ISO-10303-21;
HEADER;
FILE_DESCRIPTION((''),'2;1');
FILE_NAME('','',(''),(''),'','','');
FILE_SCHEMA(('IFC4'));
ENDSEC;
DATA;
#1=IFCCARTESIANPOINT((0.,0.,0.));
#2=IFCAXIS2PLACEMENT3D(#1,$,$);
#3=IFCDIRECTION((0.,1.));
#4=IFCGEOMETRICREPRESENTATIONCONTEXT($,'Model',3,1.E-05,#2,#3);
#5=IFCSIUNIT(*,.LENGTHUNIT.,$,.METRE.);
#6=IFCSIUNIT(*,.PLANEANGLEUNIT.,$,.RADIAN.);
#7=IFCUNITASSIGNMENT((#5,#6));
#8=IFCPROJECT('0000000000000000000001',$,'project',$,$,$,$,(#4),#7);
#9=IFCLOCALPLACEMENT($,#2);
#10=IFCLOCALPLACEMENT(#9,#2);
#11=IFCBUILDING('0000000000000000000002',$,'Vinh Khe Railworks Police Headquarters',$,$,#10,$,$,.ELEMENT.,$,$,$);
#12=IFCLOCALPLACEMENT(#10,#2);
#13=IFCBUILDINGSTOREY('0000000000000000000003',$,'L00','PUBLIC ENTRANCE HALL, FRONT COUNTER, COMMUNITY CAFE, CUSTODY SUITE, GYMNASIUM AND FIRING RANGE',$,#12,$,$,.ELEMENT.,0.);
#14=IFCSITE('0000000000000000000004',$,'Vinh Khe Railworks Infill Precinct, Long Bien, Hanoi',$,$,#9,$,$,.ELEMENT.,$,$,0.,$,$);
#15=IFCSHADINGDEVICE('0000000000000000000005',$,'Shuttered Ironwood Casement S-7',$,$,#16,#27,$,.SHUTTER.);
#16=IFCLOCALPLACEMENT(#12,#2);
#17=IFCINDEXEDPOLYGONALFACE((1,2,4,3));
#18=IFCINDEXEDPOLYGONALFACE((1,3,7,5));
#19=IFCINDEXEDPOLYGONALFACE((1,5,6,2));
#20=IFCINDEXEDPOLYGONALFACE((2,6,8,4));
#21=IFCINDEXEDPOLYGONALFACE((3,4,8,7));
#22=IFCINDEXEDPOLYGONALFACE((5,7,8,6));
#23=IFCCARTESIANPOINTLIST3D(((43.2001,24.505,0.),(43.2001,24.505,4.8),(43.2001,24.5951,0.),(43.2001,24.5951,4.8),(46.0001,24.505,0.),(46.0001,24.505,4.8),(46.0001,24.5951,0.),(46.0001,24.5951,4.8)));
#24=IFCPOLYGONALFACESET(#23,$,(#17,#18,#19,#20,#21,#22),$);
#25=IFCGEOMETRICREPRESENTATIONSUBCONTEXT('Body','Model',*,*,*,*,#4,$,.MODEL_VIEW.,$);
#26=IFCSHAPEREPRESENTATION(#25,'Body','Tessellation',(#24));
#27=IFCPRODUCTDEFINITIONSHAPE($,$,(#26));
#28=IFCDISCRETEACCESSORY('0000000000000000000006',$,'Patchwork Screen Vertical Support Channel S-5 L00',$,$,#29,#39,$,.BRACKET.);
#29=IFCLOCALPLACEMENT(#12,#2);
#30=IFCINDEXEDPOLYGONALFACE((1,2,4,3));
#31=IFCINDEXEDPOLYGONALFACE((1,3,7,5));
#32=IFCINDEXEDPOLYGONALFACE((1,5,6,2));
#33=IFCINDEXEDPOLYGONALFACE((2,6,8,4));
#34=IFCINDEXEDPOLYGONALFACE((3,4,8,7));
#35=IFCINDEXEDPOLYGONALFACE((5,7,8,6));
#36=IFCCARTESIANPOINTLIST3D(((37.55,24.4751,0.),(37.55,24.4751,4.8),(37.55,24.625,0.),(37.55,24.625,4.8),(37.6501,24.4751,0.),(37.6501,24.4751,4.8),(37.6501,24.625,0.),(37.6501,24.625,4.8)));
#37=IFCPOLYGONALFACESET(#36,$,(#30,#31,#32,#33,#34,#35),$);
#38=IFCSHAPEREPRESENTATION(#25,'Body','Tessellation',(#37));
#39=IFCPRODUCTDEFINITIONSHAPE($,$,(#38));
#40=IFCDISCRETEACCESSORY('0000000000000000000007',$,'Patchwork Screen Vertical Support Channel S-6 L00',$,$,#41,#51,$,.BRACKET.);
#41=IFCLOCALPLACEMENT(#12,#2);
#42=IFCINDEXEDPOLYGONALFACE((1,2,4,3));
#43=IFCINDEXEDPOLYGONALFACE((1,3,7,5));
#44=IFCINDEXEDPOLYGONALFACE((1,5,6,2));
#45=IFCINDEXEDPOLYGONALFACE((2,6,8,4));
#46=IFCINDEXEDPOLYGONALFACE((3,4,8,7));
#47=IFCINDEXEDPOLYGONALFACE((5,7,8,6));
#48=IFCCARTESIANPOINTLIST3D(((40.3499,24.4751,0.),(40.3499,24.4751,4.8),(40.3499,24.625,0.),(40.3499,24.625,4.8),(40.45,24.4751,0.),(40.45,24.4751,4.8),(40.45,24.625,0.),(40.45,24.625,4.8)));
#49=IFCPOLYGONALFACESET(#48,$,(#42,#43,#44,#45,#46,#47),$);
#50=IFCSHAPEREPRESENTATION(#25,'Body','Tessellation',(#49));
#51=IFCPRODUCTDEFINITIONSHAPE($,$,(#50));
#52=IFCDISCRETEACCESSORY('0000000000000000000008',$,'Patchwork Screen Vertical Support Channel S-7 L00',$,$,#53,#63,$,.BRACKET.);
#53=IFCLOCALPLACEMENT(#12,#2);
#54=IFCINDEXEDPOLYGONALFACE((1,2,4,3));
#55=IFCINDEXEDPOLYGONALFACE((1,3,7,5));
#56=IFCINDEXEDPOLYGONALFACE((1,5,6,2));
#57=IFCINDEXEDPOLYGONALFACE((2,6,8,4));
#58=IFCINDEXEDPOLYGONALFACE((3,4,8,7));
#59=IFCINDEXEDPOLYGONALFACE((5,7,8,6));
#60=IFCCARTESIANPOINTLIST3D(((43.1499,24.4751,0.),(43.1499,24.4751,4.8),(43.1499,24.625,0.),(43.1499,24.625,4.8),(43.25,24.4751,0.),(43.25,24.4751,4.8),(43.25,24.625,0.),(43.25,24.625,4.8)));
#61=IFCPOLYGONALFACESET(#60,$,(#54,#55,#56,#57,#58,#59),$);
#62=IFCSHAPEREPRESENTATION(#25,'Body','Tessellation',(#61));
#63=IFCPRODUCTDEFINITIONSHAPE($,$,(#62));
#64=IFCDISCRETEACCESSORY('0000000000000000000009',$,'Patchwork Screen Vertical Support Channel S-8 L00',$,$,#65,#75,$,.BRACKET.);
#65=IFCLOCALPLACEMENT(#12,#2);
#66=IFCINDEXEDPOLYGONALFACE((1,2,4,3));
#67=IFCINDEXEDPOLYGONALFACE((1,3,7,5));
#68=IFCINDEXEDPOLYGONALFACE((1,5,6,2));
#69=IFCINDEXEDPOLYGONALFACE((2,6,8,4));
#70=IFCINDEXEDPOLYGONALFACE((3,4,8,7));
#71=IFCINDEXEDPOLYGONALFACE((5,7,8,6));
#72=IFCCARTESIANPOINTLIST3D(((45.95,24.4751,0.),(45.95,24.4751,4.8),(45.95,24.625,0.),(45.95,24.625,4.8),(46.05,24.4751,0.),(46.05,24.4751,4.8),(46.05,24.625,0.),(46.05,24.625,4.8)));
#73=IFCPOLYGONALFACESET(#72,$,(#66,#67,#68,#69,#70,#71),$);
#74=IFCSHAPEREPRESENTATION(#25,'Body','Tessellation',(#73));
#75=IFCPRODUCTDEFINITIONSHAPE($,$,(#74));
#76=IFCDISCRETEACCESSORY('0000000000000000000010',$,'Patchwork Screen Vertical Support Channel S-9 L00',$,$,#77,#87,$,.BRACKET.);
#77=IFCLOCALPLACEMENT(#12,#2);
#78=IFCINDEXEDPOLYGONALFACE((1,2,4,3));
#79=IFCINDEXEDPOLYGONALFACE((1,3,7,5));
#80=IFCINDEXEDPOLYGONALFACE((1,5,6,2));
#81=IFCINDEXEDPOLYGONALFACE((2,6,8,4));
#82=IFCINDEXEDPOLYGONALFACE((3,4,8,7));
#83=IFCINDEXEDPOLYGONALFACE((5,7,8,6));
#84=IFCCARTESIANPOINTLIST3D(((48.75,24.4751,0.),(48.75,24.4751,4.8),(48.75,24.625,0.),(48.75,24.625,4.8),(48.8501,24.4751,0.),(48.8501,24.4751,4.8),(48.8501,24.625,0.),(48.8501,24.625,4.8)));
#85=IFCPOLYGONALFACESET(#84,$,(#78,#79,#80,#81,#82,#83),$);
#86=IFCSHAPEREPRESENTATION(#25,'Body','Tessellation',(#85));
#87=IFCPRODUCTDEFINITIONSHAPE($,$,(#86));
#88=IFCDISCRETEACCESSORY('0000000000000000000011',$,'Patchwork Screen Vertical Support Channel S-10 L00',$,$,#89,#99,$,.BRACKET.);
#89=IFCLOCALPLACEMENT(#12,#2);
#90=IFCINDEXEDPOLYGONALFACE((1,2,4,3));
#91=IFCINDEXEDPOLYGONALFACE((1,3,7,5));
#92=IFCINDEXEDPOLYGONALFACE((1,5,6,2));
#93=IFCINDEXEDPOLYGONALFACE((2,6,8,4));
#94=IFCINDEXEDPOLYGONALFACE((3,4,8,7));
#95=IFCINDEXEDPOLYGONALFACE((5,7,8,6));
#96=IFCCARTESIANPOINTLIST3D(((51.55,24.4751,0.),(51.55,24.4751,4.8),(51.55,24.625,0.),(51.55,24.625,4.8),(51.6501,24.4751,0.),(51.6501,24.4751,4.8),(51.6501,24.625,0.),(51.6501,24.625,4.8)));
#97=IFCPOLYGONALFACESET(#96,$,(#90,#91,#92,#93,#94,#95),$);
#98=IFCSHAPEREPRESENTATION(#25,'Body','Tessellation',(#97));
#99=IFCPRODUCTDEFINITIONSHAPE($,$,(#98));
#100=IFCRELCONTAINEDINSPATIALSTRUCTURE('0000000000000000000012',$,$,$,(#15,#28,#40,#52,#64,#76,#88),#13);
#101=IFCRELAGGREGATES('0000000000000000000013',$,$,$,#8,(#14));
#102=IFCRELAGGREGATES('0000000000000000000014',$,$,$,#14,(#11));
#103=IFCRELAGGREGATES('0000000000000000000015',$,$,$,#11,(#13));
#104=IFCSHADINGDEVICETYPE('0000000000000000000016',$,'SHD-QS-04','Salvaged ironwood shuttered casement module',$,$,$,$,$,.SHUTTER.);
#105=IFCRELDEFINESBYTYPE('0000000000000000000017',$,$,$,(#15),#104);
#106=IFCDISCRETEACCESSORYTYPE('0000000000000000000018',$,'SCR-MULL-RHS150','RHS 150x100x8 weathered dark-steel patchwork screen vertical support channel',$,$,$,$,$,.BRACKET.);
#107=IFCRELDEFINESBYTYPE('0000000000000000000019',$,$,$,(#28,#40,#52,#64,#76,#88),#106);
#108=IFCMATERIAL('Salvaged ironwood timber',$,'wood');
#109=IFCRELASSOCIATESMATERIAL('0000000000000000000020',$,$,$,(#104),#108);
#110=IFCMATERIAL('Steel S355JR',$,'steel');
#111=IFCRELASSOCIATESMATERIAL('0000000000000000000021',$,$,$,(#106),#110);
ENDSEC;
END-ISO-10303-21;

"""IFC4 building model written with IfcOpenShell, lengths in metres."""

from ifc_helpers import new_model, si_unit, direction, frame, origin, origin_2d, place, context, subcontext, project, spatial, rectangle, extrude, material, type_object, element, save


model = new_model("IFC4")

# Units and contexts
model_context = context("Model", 3, precision=1e-05, world=origin(), true_north=direction((0.0, 1.0)))
body_context = subcontext(model_context, "Body", "Model", "MODEL_VIEW")
ifc_project = project(units=[si_unit("LENGTHUNIT", "METRE"), si_unit("PLANEANGLEUNIT", "RADIAN")], contexts=[model_context])

# Site, building, storey
site_placement = place(None, origin())
site = spatial("IfcSite", under=ifc_project, at=site_placement, Name="Vinh Khe Railworks Infill Precinct, Long Bien, Hanoi", CompositionType="ELEMENT", RefElevation=0.0)
building_placement = place(site_placement, origin())
building = spatial("IfcBuilding", under=site, at=building_placement, Name="Vinh Khe Railworks Police Headquarters", CompositionType="ELEMENT")
storey_placement = place(building_placement, origin())
storey = spatial("IfcBuildingStorey", under=building, at=storey_placement, Name="L00", Description="PUBLIC ENTRANCE HALL, FRONT COUNTER, COMMUNITY CAFE, CUSTODY SUITE, GYMNASIUM AND FIRING RANGE", CompositionType="ELEMENT", Elevation=0.0)

# Shared definitions
ifc_material_1 = material(Name="Steel S355JR", Category="steel")

# Shared definitions
ifc_material_2 = material(Name="Salvaged ironwood timber", Category="wood")

# Shading device
shading_device_type_1 = type_object("IfcShadingDeviceType", Name="SHD-QS-04", Description="Salvaged ironwood shuttered casement module", PredefinedType="SHUTTER", material=ifc_material_2)
shading_device_1_placement = place(storey_placement, frame((44.6001, 24.55, 0.0), z_axis=(0.0, 0.0, 1.0), x_axis=(1.0, 0.0, 0.0)))
element("IfcShadingDevice", 1, at=shading_device_1_placement, inside=storey, type_object=shading_device_type_1, Name="Shuttered Ironwood Casement S-7", PredefinedType="SHUTTER", context=body_context, shape_type="SweptSolid", body=[
    extrude(rectangle(XDim=2.8, YDim=0.0901, at=origin_2d()), origin(), (0.0, 0.0, 1.0), 4.8),
])

# Discrete accessories
discrete_accessory_type = type_object("IfcDiscreteAccessoryType", Name="SCR-MULL-RHS150", Description="RHS 150x100x8 weathered dark-steel patchwork screen vertical support channel", PredefinedType="BRACKET", material=ifc_material_1)
for number, where, z_axis, x_axis, name in (
    (2, (37.6001, 24.55, 0.0), (0.0, 0.0, 1.0), (1.0, 0.0, 0.0), "Patchwork Screen Vertical Support Channel S-5 L00"),
    (3, (40.3999, 24.55, 0.0), (0.0, 0.0, 1.0), (1.0, 0.0, 0.0), "Patchwork Screen Vertical Support Channel S-6 L00"),
    (4, (43.2, 24.55, 0.0), (0.0, 0.0, 1.0), (1.0, 0.0, 0.0), "Patchwork Screen Vertical Support Channel S-7 L00"),
    (5, (46.0, 24.55, 0.0), (0.0, 0.0, 1.0), (1.0, 0.0, 0.0), "Patchwork Screen Vertical Support Channel S-8 L00"),
    (6, (48.8, 24.55, 0.0), (0.0, 0.0, 1.0), (1.0, 0.0, 0.0), "Patchwork Screen Vertical Support Channel S-9 L00"),
    (7, (51.6001, 24.55, 0.0), (0.0, 0.0, 1.0), (1.0, 0.0, 0.0), "Patchwork Screen Vertical Support Channel S-10 L00"),
):
    element("IfcDiscreteAccessory", number, at=place(storey_placement, frame(where, z_axis=z_axis, x_axis=x_axis)), inside=storey, type_object=discrete_accessory_type, Name=name, PredefinedType="BRACKET", context=body_context, shape_type="SweptSolid", body=[
        extrude(rectangle(XDim=0.1001, YDim=0.1499, at=origin_2d()), origin(), (0.0, 0.0, 1.0), 4.8),
    ])

save(model, "model.ifc")
